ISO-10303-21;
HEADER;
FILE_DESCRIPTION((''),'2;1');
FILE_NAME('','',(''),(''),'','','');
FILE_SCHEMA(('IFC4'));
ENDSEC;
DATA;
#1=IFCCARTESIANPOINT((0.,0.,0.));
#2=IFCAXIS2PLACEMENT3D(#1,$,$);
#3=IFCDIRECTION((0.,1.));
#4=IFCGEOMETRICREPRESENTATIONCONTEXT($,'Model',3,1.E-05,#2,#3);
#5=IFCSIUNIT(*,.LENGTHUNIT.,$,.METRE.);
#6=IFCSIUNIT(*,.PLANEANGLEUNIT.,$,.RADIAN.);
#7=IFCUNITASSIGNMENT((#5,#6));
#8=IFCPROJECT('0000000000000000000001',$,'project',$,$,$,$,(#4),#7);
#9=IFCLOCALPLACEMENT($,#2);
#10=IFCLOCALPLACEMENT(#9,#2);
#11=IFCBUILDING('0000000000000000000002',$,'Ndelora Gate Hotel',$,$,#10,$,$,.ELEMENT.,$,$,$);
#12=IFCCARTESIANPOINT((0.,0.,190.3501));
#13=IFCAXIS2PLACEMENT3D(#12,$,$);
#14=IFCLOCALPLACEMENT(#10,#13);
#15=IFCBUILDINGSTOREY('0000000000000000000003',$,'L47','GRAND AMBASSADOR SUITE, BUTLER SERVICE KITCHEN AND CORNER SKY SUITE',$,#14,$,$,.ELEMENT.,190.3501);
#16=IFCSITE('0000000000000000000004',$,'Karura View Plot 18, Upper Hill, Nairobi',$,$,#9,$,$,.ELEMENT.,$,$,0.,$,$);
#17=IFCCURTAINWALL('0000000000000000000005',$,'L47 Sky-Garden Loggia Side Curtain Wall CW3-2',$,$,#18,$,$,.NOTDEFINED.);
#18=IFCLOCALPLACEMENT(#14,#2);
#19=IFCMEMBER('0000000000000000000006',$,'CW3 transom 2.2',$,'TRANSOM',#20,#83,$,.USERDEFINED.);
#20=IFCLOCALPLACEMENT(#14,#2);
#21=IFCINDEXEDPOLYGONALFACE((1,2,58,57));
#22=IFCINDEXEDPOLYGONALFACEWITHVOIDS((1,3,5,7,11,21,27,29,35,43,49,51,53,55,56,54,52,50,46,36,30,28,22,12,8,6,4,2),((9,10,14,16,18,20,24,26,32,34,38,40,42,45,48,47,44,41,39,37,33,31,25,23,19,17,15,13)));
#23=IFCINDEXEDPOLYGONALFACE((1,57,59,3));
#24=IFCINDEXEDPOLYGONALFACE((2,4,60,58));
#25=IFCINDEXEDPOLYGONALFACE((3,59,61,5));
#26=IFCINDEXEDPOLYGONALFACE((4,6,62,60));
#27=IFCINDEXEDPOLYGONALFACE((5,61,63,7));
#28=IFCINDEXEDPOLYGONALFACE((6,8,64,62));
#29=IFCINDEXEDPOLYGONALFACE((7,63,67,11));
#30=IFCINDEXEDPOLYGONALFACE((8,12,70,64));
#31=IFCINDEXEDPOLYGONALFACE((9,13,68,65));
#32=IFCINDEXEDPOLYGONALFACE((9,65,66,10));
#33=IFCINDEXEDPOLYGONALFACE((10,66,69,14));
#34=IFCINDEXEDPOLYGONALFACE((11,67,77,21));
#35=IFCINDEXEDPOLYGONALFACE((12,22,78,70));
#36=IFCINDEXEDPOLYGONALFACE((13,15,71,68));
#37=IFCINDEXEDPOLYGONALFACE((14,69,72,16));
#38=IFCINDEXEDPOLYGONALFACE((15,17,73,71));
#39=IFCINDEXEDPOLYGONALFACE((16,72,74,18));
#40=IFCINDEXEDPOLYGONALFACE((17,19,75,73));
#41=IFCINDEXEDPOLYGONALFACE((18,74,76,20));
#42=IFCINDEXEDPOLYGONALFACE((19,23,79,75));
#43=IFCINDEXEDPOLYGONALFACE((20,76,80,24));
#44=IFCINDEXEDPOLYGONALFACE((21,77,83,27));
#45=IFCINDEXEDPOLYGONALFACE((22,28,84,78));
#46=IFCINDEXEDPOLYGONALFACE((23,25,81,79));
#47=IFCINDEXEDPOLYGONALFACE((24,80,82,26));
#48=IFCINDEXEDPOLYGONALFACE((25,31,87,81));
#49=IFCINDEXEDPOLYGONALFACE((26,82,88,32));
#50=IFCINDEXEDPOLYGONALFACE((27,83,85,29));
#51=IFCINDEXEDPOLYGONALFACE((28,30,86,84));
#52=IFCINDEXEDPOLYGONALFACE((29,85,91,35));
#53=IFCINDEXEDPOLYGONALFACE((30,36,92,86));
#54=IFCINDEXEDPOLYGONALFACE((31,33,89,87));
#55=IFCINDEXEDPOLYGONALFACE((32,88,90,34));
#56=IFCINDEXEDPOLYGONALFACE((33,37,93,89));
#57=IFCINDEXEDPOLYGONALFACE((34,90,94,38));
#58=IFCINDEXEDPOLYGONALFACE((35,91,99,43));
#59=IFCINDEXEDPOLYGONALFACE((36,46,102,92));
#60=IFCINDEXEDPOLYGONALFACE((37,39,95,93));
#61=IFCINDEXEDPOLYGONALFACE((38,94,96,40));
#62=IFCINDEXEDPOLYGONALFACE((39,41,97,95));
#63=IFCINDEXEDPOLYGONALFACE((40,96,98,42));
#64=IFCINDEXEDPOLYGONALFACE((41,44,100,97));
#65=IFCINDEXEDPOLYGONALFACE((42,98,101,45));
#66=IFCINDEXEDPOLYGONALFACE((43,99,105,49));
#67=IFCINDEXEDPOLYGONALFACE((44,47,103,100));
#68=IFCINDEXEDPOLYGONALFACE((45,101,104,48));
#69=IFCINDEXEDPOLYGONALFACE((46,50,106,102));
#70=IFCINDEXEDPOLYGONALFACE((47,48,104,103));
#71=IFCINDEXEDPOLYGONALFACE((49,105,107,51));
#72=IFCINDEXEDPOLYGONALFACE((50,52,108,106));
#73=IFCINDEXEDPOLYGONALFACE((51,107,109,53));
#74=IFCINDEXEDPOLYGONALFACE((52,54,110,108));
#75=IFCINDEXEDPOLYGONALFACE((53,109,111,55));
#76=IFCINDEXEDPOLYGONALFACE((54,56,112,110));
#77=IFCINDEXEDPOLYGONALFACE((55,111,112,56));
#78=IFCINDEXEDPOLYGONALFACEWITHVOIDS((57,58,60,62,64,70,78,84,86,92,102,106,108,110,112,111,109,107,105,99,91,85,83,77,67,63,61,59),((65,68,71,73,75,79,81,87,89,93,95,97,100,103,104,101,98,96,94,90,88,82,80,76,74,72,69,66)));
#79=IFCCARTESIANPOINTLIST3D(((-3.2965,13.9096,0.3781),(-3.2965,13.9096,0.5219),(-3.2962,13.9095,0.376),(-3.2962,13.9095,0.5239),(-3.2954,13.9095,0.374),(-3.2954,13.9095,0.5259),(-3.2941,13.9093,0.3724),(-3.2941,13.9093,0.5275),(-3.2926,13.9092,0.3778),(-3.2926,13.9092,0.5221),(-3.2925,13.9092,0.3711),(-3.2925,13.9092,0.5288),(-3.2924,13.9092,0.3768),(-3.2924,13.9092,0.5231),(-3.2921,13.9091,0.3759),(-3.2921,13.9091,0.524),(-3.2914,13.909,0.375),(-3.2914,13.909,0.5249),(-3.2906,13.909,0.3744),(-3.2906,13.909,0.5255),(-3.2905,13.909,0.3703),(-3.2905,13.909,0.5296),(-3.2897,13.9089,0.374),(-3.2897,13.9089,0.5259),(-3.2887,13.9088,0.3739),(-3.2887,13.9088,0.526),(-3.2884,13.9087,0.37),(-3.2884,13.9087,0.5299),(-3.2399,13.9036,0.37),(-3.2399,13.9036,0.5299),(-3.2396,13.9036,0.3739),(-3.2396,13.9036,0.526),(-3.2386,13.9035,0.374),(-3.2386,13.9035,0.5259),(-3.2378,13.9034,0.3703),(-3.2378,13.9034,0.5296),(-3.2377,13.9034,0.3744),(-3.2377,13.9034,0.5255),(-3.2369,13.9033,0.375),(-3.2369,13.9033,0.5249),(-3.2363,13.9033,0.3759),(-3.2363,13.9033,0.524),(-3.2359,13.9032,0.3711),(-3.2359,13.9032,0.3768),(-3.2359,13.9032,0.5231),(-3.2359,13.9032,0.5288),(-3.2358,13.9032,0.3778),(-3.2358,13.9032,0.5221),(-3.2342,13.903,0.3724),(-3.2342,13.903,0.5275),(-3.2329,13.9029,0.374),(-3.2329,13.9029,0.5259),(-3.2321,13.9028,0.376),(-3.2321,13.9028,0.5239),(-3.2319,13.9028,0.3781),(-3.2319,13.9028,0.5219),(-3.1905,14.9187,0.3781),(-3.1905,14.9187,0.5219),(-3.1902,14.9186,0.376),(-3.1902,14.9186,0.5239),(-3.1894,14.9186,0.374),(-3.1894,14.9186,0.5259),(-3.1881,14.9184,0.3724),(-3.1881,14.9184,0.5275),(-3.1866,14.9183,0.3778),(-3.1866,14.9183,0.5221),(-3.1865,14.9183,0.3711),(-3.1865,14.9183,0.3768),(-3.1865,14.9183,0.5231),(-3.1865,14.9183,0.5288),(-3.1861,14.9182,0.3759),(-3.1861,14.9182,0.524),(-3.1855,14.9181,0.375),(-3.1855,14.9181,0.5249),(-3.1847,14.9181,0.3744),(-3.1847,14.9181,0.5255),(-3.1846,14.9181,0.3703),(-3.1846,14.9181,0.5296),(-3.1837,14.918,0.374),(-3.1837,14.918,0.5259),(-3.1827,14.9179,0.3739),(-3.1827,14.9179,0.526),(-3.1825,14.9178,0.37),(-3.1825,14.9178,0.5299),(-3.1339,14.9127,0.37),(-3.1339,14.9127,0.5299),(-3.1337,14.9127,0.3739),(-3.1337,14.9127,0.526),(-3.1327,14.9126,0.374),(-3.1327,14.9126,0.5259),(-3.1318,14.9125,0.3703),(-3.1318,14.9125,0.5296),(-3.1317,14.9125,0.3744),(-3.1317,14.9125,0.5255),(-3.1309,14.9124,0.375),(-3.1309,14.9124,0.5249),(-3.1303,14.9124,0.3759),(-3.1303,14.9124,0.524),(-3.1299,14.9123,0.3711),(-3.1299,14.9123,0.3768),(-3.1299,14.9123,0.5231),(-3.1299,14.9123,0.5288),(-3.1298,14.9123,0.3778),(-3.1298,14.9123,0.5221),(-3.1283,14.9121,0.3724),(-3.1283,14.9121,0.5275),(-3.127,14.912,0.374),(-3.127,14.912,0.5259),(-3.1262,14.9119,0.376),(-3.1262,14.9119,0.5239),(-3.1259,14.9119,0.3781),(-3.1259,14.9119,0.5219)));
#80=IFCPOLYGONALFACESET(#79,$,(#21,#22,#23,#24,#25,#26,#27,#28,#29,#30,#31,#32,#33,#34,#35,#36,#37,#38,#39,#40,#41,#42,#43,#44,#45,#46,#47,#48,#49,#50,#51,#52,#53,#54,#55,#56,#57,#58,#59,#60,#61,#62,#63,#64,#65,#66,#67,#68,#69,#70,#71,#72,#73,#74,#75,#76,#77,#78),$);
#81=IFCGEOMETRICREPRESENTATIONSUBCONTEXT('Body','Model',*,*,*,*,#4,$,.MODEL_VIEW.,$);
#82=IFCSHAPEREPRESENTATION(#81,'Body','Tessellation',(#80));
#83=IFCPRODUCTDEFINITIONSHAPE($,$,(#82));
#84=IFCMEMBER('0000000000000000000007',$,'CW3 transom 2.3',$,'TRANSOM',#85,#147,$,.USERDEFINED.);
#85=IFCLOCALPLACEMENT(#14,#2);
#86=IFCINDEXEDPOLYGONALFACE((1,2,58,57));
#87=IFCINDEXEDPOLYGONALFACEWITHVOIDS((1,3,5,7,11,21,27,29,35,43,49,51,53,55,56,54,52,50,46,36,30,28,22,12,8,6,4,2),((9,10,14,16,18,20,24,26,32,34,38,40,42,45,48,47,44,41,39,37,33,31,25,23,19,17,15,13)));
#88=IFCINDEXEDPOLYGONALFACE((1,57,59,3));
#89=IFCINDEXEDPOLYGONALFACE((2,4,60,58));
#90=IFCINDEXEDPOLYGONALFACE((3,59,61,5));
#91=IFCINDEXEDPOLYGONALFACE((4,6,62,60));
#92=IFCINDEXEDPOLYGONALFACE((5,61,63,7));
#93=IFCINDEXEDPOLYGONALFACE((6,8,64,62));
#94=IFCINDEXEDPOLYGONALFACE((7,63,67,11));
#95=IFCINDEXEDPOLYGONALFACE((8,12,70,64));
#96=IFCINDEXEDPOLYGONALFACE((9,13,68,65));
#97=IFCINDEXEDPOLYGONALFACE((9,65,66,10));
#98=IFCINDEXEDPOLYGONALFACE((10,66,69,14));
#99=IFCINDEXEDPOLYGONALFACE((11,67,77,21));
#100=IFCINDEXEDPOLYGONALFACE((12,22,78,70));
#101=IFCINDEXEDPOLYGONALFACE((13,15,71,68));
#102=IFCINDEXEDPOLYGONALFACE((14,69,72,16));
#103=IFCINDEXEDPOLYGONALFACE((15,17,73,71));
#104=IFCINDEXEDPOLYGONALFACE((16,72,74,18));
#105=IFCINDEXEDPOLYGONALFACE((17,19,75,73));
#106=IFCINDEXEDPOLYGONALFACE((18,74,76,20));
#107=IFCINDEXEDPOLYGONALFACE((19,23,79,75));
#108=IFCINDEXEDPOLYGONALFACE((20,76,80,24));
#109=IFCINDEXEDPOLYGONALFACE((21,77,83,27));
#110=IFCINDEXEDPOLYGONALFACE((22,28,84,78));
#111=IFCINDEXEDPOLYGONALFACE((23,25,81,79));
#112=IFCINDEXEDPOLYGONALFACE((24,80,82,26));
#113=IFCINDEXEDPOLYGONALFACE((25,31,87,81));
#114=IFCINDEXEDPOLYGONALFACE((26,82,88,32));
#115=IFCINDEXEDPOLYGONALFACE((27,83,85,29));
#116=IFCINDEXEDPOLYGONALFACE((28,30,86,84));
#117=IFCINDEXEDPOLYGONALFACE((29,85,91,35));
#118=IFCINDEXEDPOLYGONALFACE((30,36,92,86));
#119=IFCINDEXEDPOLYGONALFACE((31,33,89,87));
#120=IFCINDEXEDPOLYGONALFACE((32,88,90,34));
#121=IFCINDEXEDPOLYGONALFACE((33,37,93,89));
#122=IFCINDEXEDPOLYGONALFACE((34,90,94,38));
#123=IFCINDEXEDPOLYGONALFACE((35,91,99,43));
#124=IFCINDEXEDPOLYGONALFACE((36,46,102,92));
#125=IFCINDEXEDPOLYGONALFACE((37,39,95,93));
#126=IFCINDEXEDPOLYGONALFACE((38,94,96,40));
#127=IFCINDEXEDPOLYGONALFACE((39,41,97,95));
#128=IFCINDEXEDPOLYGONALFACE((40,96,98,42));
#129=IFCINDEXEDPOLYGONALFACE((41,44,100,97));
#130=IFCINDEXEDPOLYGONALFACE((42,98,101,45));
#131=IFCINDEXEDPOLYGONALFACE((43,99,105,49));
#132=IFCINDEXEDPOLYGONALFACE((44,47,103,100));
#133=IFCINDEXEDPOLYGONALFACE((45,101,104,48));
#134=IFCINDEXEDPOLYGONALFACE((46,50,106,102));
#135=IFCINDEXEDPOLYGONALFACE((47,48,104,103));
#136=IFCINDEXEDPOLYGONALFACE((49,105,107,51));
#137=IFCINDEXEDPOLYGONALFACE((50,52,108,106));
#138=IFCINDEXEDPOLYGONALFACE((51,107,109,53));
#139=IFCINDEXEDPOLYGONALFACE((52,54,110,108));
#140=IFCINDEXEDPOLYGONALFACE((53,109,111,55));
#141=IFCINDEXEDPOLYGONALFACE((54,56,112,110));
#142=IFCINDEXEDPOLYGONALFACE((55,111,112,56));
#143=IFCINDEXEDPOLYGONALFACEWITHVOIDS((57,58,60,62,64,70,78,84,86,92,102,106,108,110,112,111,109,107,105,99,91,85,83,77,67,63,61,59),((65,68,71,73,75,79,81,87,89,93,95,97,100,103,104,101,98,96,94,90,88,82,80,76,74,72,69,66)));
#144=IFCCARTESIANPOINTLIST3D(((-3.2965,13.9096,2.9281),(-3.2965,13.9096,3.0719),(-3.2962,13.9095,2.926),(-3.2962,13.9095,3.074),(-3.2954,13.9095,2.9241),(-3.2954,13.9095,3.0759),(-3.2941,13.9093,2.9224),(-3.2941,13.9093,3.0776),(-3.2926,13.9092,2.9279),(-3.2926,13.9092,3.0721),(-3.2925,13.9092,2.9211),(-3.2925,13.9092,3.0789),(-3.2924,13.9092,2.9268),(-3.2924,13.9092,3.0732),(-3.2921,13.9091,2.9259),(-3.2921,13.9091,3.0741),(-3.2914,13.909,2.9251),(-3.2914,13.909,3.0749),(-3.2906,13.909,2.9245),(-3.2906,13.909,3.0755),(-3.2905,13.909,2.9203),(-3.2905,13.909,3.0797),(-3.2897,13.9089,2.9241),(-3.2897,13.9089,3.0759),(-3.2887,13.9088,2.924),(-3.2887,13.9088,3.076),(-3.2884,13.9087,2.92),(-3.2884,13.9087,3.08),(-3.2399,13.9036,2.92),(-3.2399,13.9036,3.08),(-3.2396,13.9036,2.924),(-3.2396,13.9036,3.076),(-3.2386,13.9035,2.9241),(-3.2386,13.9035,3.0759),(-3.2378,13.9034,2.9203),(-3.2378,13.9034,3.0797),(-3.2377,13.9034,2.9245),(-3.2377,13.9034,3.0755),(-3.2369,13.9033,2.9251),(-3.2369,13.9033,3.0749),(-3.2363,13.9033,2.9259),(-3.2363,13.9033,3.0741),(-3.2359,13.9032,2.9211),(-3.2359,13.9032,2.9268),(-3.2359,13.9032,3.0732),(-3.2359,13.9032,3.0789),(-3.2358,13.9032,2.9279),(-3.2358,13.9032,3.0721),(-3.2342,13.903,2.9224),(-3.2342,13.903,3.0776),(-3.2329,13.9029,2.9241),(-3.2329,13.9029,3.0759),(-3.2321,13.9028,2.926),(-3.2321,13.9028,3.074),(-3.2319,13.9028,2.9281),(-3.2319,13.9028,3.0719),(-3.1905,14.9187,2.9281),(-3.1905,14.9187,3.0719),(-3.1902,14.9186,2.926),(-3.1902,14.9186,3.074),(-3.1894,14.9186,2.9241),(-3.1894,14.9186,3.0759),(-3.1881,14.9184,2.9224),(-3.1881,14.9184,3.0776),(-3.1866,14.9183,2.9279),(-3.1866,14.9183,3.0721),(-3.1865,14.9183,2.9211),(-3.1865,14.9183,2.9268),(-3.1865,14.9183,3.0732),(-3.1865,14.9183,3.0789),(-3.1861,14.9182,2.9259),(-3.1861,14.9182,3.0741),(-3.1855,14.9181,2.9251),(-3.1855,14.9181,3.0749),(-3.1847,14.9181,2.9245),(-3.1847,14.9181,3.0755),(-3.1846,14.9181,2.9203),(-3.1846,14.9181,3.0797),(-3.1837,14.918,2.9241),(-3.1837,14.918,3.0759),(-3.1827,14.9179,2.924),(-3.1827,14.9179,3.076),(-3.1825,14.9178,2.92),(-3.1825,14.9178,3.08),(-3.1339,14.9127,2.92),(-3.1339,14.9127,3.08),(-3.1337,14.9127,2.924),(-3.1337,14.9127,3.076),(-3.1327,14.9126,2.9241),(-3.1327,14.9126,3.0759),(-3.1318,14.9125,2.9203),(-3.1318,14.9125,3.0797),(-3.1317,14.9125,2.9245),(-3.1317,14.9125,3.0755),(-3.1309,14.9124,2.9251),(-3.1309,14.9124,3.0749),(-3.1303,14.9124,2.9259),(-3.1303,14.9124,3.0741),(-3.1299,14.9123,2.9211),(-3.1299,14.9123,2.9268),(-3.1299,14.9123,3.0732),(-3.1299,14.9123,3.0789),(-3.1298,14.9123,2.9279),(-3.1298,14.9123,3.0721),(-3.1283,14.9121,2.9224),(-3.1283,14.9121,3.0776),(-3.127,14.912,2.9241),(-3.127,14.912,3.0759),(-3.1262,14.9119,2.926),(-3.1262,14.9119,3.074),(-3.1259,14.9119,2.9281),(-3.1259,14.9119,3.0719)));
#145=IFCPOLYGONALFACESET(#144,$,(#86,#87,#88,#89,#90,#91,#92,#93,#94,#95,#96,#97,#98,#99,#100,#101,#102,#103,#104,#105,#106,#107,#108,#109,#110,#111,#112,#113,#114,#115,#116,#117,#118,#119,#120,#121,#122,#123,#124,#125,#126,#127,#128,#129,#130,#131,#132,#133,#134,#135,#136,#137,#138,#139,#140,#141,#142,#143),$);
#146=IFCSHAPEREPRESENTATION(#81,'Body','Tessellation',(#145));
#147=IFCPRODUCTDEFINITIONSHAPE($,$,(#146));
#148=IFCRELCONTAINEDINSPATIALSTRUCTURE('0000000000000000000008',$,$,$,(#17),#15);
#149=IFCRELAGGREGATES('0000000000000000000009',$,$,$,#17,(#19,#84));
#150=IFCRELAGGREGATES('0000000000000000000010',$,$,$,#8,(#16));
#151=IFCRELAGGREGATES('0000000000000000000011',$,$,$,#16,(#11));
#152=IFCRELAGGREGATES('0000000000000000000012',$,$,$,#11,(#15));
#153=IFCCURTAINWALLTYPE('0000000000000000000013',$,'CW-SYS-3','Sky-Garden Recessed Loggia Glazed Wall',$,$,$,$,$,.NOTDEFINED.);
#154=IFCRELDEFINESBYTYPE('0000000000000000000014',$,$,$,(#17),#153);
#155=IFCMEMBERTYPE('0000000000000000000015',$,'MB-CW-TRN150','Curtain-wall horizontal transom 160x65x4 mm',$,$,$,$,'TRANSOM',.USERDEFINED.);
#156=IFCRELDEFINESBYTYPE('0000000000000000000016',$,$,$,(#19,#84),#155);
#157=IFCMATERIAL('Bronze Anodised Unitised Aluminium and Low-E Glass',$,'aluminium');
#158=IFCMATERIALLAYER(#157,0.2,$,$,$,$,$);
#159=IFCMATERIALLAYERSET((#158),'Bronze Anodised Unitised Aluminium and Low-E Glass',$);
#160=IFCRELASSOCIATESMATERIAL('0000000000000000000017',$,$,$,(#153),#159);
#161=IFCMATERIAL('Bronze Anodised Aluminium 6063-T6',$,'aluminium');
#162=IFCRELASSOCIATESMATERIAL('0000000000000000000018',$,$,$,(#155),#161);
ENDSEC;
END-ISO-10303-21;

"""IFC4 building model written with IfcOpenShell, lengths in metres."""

from ifc_helpers import new_model, si_unit, direction, frame, origin, origin_2d, place, context, subcontext, project, spatial, hollow_rectangle, extrude, material, layer, layer_set, material_profile, profile_set, type_object, element, aggregate, save


model = new_model("IFC4")

# Units and contexts
model_context = context("Model", 3, precision=1e-05, world=origin(), true_north=direction((0.0, 1.0)))
body_context = subcontext(model_context, "Body", "Model", "MODEL_VIEW")
ifc_project = project(units=[si_unit("LENGTHUNIT", "METRE"), si_unit("PLANEANGLEUNIT", "RADIAN")], contexts=[model_context])

# Site, building, storey
site_placement = place(None, origin())
site = spatial("IfcSite", under=ifc_project, at=site_placement, Name="Karura View Plot 18, Upper Hill, Nairobi", CompositionType="ELEMENT", RefElevation=0.0)
building_placement = place(site_placement, origin())
building = spatial("IfcBuilding", under=site, at=building_placement, Name="Ndelora Gate Hotel", CompositionType="ELEMENT")
storey_placement = place(building_placement, frame((0.0, 0.0, 190.3501)))
storey = spatial("IfcBuildingStorey", under=building, at=storey_placement, Name="L47", Description="GRAND AMBASSADOR SUITE, BUTLER SERVICE KITCHEN AND CORNER SKY SUITE", CompositionType="ELEMENT", Elevation=190.3501)

# Curtain wall, members
ifc_material_1 = material(Name="Bronze Anodised Unitised Aluminium and Low-E Glass", Category="aluminium")
ifc_layer_1 = layer(ifc_material_1, 0.2)
ifc_layer_set_1 = layer_set([ifc_layer_1], Name="Bronze Anodised Unitised Aluminium and Low-E Glass")
curtain_wall_type = type_object("IfcCurtainWallType", Name="CW-SYS-3", Description="Sky-Garden Recessed Loggia Glazed Wall", PredefinedType="NOTDEFINED", material=ifc_layer_set_1)
curtain_wall_placement = place(storey_placement, origin())
curtain_wall = element("IfcCurtainWall", 1, at=curtain_wall_placement, inside=storey, type_object=curtain_wall_type, Name="L47 Sky-Garden Loggia Side Curtain Wall CW3-2", PredefinedType="NOTDEFINED")
ifc_material_2 = material(Name="Bronze Anodised Aluminium 6063-T6", Category="aluminium")
ifc_material_profile_1 = material_profile(ifc_material_2, hollow_rectangle(XDim=0.0649, YDim=0.1599, WallThickness=0.0039, InnerFilletRadius=0.0039, OuterFilletRadius=0.0081, at=origin_2d()), Name="ALU 160x65x4")
ifc_profile_set_1 = profile_set([ifc_material_profile_1], Name="Bronze Anodised Aluminium 6063-T6")
member_type_1 = type_object("IfcMemberType", Name="MB-CW-TRN150", Description="Curtain-wall horizontal transom 160x65x4 mm", ElementType="TRANSOM", PredefinedType="USERDEFINED", material=ifc_profile_set_1)
member_1_placement = place(storey_placement, frame((-3.1582, 14.9153, 0.45), z_axis=(-0.104434, -0.994532, 0.0), x_axis=(0.994532, -0.104434, 0.0)))
member_1 = element("IfcMember", 2, at=member_1_placement, type_object=member_type_1, Name="CW3 transom 2.2", ObjectType="TRANSOM", PredefinedType="USERDEFINED", context=body_context, shape_type="SweptSolid", body=[
    extrude(hollow_rectangle(XDim=0.0649, YDim=0.1599, WallThickness=0.0039, InnerFilletRadius=0.0039, OuterFilletRadius=0.0081, at=origin_2d()), origin(), (0.0, 0.0, 1.0), 1.0146),
])
member_2_placement = place(storey_placement, frame((-3.1582, 14.9153, 3.0), z_axis=(-0.104434, -0.994532, 0.0), x_axis=(0.994532, -0.104434, 0.0)))
member_2 = element("IfcMember", 3, at=member_2_placement, type_object=member_type_1, Name="CW3 transom 2.3", ObjectType="TRANSOM", PredefinedType="USERDEFINED", context=body_context, shape_type="SweptSolid", body=[
    extrude(hollow_rectangle(XDim=0.0649, YDim=0.1599, WallThickness=0.0039, InnerFilletRadius=0.0039, OuterFilletRadius=0.0081, at=origin_2d()), origin(), (0.0, 0.0, 1.0), 1.0146),
])
aggregate(curtain_wall, [member_1, member_2])

save(model, "model.ifc")
